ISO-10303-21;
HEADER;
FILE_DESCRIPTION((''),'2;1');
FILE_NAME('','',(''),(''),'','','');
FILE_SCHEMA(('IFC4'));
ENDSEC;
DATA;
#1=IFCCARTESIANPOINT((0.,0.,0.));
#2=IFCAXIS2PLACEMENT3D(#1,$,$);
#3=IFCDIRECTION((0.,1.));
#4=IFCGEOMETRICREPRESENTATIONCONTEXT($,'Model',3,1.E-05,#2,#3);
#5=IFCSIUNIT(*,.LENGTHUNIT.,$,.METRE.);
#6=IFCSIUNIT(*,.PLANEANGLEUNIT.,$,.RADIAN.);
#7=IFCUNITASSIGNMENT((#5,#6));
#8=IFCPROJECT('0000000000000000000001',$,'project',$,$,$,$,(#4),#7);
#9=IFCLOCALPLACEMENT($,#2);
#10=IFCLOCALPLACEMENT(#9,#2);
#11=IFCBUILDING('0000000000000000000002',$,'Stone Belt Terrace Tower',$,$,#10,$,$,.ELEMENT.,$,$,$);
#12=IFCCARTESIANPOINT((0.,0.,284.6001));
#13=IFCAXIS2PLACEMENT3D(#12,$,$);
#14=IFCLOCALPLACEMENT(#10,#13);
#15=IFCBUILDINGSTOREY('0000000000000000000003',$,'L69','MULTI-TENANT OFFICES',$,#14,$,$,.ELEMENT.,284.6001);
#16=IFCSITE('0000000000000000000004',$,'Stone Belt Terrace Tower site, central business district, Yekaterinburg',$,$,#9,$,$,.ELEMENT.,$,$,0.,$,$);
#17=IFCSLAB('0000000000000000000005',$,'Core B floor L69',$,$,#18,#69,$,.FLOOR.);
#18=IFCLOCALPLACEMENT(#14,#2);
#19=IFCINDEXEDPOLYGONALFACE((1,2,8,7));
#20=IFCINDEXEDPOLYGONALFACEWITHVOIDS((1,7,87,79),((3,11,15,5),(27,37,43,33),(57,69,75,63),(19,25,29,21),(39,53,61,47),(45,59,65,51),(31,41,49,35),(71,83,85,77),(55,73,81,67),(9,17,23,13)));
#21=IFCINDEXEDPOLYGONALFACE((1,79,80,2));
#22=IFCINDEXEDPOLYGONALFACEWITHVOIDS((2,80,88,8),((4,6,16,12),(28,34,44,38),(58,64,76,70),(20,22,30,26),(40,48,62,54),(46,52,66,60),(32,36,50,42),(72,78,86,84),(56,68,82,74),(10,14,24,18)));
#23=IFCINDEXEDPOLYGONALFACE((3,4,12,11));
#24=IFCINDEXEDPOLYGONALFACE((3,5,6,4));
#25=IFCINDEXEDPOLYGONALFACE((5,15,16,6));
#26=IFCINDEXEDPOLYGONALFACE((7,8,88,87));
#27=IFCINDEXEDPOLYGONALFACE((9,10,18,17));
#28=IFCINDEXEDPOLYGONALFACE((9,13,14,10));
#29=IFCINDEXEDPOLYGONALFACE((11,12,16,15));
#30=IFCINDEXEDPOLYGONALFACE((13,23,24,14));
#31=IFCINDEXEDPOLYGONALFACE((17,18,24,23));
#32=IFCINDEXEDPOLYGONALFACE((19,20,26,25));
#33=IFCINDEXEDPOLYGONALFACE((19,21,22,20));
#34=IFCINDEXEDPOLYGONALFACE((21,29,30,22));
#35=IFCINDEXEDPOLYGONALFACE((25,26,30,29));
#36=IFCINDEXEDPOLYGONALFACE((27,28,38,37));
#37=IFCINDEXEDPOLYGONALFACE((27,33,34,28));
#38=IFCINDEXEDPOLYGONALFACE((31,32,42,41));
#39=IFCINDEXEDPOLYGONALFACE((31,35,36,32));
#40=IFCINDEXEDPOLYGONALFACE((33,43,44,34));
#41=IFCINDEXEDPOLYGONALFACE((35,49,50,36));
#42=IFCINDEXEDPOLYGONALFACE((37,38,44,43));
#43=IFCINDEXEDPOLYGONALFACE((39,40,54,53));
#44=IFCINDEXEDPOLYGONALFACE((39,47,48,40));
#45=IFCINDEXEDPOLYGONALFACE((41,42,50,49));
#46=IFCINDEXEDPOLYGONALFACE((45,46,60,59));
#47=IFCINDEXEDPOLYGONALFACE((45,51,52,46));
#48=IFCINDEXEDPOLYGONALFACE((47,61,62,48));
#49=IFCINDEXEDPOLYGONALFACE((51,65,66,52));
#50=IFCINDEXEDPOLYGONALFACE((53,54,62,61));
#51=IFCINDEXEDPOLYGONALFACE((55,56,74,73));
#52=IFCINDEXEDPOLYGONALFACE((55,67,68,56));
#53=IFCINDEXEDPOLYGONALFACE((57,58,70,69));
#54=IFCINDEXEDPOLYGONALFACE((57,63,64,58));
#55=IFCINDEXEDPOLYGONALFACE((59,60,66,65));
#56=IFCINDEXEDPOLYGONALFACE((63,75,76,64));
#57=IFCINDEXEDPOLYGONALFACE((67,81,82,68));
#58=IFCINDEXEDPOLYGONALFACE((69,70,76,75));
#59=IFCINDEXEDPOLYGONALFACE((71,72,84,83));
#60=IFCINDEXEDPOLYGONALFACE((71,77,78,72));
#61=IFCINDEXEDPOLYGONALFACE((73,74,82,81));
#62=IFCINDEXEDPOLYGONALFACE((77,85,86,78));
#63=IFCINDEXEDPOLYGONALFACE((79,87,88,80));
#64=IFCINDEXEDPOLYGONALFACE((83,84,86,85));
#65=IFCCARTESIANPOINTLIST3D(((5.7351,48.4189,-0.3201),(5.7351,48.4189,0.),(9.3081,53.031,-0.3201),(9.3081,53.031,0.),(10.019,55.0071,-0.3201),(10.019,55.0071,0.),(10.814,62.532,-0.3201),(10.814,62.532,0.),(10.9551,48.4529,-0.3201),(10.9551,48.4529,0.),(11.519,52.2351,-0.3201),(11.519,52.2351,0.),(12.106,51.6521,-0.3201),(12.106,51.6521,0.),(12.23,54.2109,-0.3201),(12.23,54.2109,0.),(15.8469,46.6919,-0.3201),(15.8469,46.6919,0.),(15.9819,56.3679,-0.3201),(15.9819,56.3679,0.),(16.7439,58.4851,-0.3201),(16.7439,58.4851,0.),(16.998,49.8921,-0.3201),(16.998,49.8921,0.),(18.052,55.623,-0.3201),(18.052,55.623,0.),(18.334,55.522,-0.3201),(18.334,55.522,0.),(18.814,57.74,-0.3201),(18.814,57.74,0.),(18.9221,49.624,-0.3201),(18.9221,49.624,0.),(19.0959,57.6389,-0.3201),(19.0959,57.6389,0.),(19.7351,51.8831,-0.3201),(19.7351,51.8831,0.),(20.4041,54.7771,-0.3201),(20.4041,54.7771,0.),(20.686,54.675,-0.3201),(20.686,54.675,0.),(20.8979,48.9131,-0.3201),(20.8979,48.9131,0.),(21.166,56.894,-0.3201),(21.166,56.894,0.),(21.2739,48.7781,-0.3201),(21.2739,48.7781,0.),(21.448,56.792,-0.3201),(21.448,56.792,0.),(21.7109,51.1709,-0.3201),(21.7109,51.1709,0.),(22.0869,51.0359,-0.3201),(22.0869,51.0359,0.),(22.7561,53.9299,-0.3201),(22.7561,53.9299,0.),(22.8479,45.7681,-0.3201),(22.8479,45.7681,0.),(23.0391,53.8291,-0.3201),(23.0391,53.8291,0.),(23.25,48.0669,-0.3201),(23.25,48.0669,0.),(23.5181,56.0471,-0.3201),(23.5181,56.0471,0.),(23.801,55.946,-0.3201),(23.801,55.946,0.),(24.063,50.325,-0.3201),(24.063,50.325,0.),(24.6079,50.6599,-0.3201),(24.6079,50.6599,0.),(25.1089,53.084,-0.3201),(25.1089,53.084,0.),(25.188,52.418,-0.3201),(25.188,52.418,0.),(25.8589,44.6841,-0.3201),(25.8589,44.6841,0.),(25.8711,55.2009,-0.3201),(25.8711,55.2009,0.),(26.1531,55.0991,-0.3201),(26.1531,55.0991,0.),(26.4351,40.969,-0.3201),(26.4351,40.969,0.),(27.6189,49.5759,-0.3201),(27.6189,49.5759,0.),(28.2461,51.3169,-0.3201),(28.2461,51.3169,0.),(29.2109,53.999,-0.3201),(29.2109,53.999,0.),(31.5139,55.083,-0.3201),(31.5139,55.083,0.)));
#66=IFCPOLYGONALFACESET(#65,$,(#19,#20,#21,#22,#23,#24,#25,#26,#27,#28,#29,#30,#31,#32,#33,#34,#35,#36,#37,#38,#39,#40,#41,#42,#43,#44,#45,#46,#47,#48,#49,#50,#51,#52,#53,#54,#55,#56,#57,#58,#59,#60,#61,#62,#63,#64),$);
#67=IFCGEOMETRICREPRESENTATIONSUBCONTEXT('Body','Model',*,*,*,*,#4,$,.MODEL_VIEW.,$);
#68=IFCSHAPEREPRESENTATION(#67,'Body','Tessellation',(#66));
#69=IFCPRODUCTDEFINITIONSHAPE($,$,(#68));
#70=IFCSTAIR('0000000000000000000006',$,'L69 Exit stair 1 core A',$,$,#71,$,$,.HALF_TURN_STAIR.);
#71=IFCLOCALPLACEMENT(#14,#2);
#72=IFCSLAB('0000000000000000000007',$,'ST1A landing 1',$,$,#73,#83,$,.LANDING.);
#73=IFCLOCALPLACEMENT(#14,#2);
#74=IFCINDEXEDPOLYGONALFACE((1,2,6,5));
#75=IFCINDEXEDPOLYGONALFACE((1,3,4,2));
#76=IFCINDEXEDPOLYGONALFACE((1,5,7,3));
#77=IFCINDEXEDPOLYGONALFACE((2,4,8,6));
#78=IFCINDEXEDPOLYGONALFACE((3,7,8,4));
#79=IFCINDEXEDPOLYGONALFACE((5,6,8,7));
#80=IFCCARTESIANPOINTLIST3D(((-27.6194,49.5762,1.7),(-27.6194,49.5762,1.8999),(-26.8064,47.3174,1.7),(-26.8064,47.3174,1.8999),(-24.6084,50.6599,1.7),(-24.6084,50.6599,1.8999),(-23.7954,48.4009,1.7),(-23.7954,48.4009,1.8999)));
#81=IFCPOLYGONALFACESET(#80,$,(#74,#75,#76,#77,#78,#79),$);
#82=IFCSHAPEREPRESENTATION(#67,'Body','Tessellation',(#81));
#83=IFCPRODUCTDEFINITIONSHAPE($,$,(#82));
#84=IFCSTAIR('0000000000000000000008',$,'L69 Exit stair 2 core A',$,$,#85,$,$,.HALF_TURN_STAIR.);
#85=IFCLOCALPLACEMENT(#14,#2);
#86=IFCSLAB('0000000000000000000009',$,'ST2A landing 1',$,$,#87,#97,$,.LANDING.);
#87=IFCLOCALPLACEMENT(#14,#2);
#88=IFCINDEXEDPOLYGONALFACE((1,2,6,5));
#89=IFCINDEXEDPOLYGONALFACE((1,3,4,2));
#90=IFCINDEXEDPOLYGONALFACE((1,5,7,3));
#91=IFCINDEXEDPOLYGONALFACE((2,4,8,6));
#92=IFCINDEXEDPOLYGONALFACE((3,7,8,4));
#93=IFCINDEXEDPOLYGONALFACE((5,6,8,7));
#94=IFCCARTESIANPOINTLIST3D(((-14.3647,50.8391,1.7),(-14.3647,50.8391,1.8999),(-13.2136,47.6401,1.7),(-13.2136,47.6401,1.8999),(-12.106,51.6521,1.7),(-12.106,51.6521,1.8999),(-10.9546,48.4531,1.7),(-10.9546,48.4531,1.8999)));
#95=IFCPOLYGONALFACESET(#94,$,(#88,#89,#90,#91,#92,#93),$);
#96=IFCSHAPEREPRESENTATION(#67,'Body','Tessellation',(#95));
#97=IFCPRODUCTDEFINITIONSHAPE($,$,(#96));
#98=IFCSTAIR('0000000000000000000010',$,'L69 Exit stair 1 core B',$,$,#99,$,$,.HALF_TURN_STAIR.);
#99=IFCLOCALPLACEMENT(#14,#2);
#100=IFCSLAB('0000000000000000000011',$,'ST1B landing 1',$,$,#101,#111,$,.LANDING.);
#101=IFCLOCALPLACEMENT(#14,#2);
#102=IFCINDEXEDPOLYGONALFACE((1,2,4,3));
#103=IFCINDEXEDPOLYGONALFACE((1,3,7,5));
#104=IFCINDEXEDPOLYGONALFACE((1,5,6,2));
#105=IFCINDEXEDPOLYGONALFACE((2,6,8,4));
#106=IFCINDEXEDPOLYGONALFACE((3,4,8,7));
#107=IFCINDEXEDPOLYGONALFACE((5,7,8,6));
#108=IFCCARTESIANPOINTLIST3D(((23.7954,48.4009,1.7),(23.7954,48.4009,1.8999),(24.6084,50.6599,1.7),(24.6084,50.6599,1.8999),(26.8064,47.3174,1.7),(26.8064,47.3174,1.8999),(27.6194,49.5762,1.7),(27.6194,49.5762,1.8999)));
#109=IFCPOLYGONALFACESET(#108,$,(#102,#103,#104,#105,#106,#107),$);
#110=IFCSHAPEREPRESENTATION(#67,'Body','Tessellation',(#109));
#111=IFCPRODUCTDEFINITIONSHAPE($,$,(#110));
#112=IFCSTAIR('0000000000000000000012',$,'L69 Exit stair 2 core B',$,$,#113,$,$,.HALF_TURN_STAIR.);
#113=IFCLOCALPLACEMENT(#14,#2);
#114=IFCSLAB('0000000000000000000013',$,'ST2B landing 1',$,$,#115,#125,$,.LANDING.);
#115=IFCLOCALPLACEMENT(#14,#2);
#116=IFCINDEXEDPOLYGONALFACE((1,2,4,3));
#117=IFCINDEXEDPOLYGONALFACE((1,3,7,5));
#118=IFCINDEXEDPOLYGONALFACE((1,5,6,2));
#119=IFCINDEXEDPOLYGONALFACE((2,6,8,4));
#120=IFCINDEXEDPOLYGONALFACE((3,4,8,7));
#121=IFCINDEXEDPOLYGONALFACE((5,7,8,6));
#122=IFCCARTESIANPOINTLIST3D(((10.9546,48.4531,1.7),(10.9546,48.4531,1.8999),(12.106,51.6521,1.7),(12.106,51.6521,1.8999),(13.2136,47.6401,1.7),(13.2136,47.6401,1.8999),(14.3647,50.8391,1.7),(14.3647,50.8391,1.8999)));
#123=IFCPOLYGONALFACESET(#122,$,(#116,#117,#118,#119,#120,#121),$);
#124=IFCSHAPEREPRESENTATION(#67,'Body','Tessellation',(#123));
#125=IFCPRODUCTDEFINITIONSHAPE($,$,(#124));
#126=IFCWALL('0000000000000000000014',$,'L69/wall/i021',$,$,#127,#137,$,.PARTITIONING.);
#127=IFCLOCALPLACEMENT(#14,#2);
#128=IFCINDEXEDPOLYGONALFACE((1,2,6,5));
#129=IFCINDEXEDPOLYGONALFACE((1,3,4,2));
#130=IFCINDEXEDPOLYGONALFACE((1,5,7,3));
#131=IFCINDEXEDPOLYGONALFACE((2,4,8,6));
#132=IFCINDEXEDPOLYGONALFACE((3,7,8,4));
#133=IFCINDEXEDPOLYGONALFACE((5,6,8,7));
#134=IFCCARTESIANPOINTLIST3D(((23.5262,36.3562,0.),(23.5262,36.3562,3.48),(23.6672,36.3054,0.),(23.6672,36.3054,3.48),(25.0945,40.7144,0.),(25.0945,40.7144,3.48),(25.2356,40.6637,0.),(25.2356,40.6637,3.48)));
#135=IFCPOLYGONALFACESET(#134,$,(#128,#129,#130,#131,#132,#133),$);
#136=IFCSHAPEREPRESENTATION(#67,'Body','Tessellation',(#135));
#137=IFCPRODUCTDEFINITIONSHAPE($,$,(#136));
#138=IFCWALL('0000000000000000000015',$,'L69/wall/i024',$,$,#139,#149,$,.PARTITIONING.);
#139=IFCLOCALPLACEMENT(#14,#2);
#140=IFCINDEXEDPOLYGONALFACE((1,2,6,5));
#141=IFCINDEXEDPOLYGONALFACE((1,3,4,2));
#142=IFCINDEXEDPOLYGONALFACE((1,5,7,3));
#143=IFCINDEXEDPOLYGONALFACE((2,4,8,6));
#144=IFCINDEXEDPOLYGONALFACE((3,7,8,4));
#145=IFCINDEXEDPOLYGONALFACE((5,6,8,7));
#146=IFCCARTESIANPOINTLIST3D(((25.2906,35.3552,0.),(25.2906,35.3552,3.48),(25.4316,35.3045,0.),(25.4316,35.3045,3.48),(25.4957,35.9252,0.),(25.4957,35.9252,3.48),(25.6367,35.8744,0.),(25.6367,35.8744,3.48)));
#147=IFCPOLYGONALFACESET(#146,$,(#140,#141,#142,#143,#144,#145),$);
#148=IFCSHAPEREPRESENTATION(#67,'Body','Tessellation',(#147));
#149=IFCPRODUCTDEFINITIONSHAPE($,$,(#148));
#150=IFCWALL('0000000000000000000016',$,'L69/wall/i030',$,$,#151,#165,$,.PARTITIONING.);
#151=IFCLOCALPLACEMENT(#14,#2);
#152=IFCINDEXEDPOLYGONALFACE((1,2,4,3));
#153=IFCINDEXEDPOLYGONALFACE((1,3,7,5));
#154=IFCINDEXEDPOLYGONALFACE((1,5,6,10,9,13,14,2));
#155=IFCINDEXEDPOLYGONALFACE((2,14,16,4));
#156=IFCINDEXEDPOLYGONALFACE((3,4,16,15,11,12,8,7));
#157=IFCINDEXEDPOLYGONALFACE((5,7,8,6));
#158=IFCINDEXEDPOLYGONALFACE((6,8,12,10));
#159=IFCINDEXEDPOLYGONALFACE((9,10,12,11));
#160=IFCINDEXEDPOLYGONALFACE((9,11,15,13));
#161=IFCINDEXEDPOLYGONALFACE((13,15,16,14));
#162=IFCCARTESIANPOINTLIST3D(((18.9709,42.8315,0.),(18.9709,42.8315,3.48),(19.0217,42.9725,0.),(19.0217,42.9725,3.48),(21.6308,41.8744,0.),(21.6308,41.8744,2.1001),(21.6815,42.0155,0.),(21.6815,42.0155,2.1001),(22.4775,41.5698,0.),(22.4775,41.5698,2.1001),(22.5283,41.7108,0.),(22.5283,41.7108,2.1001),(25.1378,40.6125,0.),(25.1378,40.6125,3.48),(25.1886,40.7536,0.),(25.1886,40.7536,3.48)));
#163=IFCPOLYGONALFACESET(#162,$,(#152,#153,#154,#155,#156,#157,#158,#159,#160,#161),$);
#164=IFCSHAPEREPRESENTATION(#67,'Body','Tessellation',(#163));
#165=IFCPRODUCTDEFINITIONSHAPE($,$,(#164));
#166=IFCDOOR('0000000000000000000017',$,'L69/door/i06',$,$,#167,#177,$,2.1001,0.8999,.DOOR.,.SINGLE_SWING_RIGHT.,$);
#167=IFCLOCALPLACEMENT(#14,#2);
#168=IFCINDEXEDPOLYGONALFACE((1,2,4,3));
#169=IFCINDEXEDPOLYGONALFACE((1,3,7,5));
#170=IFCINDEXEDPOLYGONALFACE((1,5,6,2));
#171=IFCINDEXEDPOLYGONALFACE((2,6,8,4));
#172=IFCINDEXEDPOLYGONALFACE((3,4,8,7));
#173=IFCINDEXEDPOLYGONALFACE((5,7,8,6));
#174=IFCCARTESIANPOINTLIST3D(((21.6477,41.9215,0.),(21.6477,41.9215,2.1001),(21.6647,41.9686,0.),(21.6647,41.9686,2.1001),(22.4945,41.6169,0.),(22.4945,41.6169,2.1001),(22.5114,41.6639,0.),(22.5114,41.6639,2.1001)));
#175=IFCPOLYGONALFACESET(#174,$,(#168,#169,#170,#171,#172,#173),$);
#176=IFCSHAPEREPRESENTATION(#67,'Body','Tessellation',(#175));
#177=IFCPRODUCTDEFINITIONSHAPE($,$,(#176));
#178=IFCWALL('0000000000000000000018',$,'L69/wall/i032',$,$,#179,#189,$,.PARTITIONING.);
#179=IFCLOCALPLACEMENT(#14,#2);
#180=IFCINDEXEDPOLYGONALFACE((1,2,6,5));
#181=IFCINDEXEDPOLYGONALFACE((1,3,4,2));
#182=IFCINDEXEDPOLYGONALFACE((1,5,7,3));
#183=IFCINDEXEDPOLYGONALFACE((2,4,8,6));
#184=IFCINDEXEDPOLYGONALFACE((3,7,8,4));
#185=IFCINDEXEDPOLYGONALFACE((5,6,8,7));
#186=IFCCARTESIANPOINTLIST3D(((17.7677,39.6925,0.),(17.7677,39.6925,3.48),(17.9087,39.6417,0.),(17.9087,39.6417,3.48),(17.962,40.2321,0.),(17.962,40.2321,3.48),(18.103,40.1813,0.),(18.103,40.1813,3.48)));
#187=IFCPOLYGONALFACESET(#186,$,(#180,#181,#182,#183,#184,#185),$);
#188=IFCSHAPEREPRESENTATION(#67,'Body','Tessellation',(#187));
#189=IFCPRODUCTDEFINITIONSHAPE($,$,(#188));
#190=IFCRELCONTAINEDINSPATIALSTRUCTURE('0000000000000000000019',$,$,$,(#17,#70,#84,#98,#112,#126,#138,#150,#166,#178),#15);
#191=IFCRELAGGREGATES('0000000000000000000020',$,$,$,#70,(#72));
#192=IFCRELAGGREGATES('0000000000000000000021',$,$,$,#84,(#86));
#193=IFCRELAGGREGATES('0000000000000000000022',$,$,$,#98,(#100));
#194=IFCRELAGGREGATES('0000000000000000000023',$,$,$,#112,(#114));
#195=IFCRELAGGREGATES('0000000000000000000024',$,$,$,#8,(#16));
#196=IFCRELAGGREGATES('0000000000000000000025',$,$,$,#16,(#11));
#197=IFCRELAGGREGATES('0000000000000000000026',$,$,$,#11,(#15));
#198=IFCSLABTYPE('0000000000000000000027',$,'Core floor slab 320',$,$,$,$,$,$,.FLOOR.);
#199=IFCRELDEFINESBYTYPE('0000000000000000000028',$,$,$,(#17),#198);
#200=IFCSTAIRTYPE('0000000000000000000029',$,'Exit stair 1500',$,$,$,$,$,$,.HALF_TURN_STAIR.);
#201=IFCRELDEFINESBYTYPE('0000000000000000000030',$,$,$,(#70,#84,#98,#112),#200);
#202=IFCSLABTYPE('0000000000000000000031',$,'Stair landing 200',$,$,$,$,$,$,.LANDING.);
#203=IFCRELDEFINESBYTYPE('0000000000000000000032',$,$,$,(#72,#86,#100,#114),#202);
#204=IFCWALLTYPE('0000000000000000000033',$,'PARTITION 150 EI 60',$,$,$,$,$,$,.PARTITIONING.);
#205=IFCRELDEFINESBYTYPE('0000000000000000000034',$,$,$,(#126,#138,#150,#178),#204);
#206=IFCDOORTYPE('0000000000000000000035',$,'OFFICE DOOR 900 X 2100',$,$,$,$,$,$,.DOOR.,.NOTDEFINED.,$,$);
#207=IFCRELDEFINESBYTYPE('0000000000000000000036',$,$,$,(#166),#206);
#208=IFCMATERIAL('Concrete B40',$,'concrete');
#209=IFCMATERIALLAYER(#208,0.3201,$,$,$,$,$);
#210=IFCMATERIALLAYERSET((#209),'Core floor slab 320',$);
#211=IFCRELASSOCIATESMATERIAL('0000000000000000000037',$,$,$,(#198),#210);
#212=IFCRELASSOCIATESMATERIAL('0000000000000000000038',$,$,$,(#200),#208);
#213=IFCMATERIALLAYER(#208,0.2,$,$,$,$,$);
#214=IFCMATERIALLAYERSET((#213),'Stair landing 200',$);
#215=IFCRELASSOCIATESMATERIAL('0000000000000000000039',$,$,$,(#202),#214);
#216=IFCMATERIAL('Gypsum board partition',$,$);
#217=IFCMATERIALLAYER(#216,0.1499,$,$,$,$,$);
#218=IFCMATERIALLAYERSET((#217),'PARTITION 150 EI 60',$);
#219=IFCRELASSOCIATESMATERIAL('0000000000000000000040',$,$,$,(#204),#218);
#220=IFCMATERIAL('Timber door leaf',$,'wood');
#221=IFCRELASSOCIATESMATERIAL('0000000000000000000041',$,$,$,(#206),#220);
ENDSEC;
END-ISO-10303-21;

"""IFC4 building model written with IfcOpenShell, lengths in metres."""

from ifc_helpers import new_model, si_unit, direction, frame, frame_2d, origin, place, context, subcontext, project, spatial, polyline, rectangle, outline, extrude, material, layer, layer_set, type_object, element, fill, aggregate, save


model = new_model("IFC4")

# Units and contexts
model_context = context("Model", 3, precision=1e-05, world=origin(), true_north=direction((0.0, 1.0)))
body_context = subcontext(model_context, "Body", "Model", "MODEL_VIEW")
ifc_project = project(units=[si_unit("LENGTHUNIT", "METRE"), si_unit("PLANEANGLEUNIT", "RADIAN")], contexts=[model_context])

# Site, building, storey
site_placement = place(None, origin())
site = spatial("IfcSite", under=ifc_project, at=site_placement, Name="Stone Belt Terrace Tower site, central business district, Yekaterinburg", CompositionType="ELEMENT", RefElevation=0.0)
building_placement = place(site_placement, origin())
building = spatial("IfcBuilding", under=site, at=building_placement, Name="Stone Belt Terrace Tower", CompositionType="ELEMENT")
storey_placement = place(building_placement, frame((0.0, 0.0, 284.6001)))
storey = spatial("IfcBuildingStorey", under=building, at=storey_placement, Name="L69", Description="MULTI-TENANT OFFICES", CompositionType="ELEMENT", Elevation=284.6001)

# Slab
ifc_material_1 = material(Name="Concrete B40", Category="concrete")
ifc_layer_1 = layer(ifc_material_1, 0.3201)
ifc_layer_set_1 = layer_set([ifc_layer_1], Name="Core floor slab 320")
slab_type_1 = type_object("IfcSlabType", Name="Core floor slab 320", PredefinedType="FLOOR", material=ifc_layer_set_1)
slab_1_placement = place(storey_placement, frame((0.0, 0.0, -0.3201)))
element("IfcSlab", 1, at=slab_1_placement, inside=storey, type_object=slab_type_1, Name="Core B floor L69", PredefinedType="FLOOR", context=body_context, shape_type="SweptSolid", body=[
    extrude(outline(polyline([(26.4351, 40.969), (31.5139, 55.083), (10.814, 62.532), (5.7351, 48.4189), (26.4351, 40.969)]), holes=[polyline([(27.6189, 49.5759), (25.8589, 44.6841), (22.8479, 45.7681), (24.6079, 50.6599), (27.6189, 49.5759)]), polyline([(12.106, 51.6521), (16.998, 49.8921), (15.8469, 46.6919), (10.9551, 48.4529), (12.106, 51.6521)]), polyline([(23.25, 48.0669), (21.2739, 48.7781), (22.0869, 51.0359), (24.063, 50.325), (23.25, 48.0669)]), polyline([(18.9221, 49.624), (19.7351, 51.8831), (21.7109, 51.1709), (20.8979, 48.9131), (18.9221, 49.624)]), polyline([(29.2109, 53.999), (28.2461, 51.3169), (25.188, 52.418), (26.1531, 55.0991), (29.2109, 53.999)]), polyline([(11.519, 52.2351), (9.3081, 53.031), (10.019, 55.0071), (12.23, 54.2109), (11.519, 52.2351)]), polyline([(23.0391, 53.8291), (23.801, 55.946), (25.8711, 55.2009), (25.1089, 53.084), (23.0391, 53.8291)]), polyline([(20.686, 54.675), (21.448, 56.792), (23.5181, 56.0471), (22.7561, 53.9299), (20.686, 54.675)]), polyline([(19.0959, 57.6389), (21.166, 56.894), (20.4041, 54.7771), (18.334, 55.522), (19.0959, 57.6389)]), polyline([(16.7439, 58.4851), (18.814, 57.74), (18.052, 55.623), (15.9819, 56.3679), (16.7439, 58.4851)])]), origin(), (0.0, 0.0, 1.0), 0.3201),
])

# Stairs, slabs
stair_type = type_object("IfcStairType", Name="Exit stair 1500", PredefinedType="HALF_TURN_STAIR", material=ifc_material_1)
stair_1_placement = place(storey_placement, origin())
stair_1 = element("IfcStair", 2, at=stair_1_placement, inside=storey, type_object=stair_type, Name="L69 Exit stair 1 core A", PredefinedType="HALF_TURN_STAIR")
ifc_layer_2 = layer(ifc_material_1, 0.2)
ifc_layer_set_2 = layer_set([ifc_layer_2], Name="Stair landing 200")
slab_type_2 = type_object("IfcSlabType", Name="Stair landing 200", PredefinedType="LANDING", material=ifc_layer_set_2)
slab_2_placement = place(storey_placement, frame((0.0, 0.0, 1.7)))
slab_2 = element("IfcSlab", 3, at=slab_2_placement, type_object=slab_type_2, Name="ST1A landing 1", PredefinedType="LANDING", context=body_context, shape_type="SweptSolid", body=[
    extrude(outline(polyline([(-23.7954, 48.4009), (-24.6084, 50.6599), (-27.6194, 49.5762), (-26.8064, 47.3174), (-23.7954, 48.4009)])), origin(), (0.0, 0.0, 1.0), 0.2),
])
aggregate(stair_1, [slab_2])
stair_2_placement = place(storey_placement, origin())
stair_2 = element("IfcStair", 4, at=stair_2_placement, inside=storey, type_object=stair_type, Name="L69 Exit stair 2 core A", PredefinedType="HALF_TURN_STAIR")
slab_3_placement = place(storey_placement, frame((0.0, 0.0, 1.7)))
slab_3 = element("IfcSlab", 5, at=slab_3_placement, type_object=slab_type_2, Name="ST2A landing 1", PredefinedType="LANDING", context=body_context, shape_type="SweptSolid", body=[
    extrude(outline(polyline([(-13.2136, 47.6401), (-10.9546, 48.4531), (-12.106, 51.6521), (-14.3647, 50.8391), (-13.2136, 47.6401)])), origin(), (0.0, 0.0, 1.0), 0.2),
])
aggregate(stair_2, [slab_3])
stair_3_placement = place(storey_placement, origin())
stair_3 = element("IfcStair", 6, at=stair_3_placement, inside=storey, type_object=stair_type, Name="L69 Exit stair 1 core B", PredefinedType="HALF_TURN_STAIR")
slab_4_placement = place(storey_placement, frame((0.0, 0.0, 1.7)))
slab_4 = element("IfcSlab", 7, at=slab_4_placement, type_object=slab_type_2, Name="ST1B landing 1", PredefinedType="LANDING", context=body_context, shape_type="SweptSolid", body=[
    extrude(outline(polyline([(26.8064, 47.3174), (27.6194, 49.5762), (24.6084, 50.6599), (23.7954, 48.4009), (26.8064, 47.3174)])), origin(), (0.0, 0.0, 1.0), 0.2),
])
aggregate(stair_3, [slab_4])
stair_4_placement = place(storey_placement, origin())
stair_4 = element("IfcStair", 8, at=stair_4_placement, inside=storey, type_object=stair_type, Name="L69 Exit stair 2 core B", PredefinedType="HALF_TURN_STAIR")
slab_5_placement = place(storey_placement, frame((0.0, 0.0, 1.7)))
slab_5 = element("IfcSlab", 9, at=slab_5_placement, type_object=slab_type_2, Name="ST2B landing 1", PredefinedType="LANDING", context=body_context, shape_type="SweptSolid", body=[
    extrude(outline(polyline([(14.3647, 50.8391), (12.106, 51.6521), (10.9546, 48.4531), (13.2136, 47.6401), (14.3647, 50.8391)])), origin(), (0.0, 0.0, 1.0), 0.2),
])
aggregate(stair_4, [slab_5])

# Walls
ifc_material_2 = material(Name="Gypsum board partition")
ifc_layer_3 = layer(ifc_material_2, 0.1499)
ifc_layer_set_3 = layer_set([ifc_layer_3], Name="PARTITION 150 EI 60")
wall_type = type_object("IfcWallType", Name="PARTITION 150 EI 60", PredefinedType="PARTITIONING", material=ifc_layer_set_3)
wall_1_placement = place(storey_placement, frame((23.5967, 36.3308, 0.0), z_axis=(0.0, 0.0, 1.0), x_axis=(0.338609, 0.940927, 0.0)))
element("IfcWall", 10, at=wall_1_placement, inside=storey, type_object=wall_type, Name="L69/wall/i021", PredefinedType="PARTITIONING", context=body_context, shape_type="SweptSolid", body=[
    extrude(rectangle(XDim=4.6318, YDim=0.1499, at=frame_2d((2.3159, 0.0))), origin(), (0.0, 0.0, 1.0), 3.48),
])
wall_2_placement = place(storey_placement, frame((25.5662, 35.8997, 0.0), z_axis=(0.0, 0.0, 1.0), x_axis=(-0.338634, -0.940918, 0.0)))
element("IfcWall", 11, at=wall_2_placement, inside=storey, type_object=wall_type, Name="L69/wall/i024", PredefinedType="PARTITIONING", context=body_context, shape_type="SweptSolid", body=[
    extrude(rectangle(XDim=0.6057, YDim=0.1499, at=frame_2d((0.3027, 0.0))), origin(), (0.0, 0.0, 1.0), 3.48),
])

# Wall, opening, door
wall_3_placement = place(storey_placement, frame((25.1631, 40.6831, 0.0), z_axis=(0.0, 0.0, 1.0), x_axis=(-0.940942, 0.338568, 0.0)))
wall_3 = element("IfcWall", 12, at=wall_3_placement, inside=storey, type_object=wall_type, Name="L69/wall/i030", PredefinedType="PARTITIONING", context=body_context, shape_type="SweptSolid", body=[
    extrude(rectangle(XDim=6.554, YDim=0.1499, at=frame_2d((3.2769, 0.0))), origin(), (0.0, 0.0, 1.0), 3.48),
])
opening_placement = place(wall_3_placement, frame((2.8271, 0.0, 0.0)))
opening = element("IfcOpeningElement", 13, at=opening_placement, cuts=wall_3, PredefinedType="OPENING", context=body_context, shape_type="SweptSolid", body=[
    extrude(rectangle(XDim=0.8999, YDim=2.1001, at=frame_2d((0.45, 1.05))), frame((0.0, 0.085, 0.0), z_axis=(0.0, -1.0, 0.0), x_axis=(1.0, 0.0, 0.0)), (0.0, 0.0, 1.0), 0.1699),
])
ifc_material_3 = material(Name="Timber door leaf", Category="wood")
door_type = type_object("IfcDoorType", Name="OFFICE DOOR 900 X 2100", OperationType="NOTDEFINED", PredefinedType="DOOR", material=ifc_material_3)
door_placement = place(opening_placement, origin())
door = element("IfcDoor", 14, at=door_placement, inside=storey, type_object=door_type, Name="L69/door/i06", OperationType="SINGLE_SWING_RIGHT", OverallHeight=2.1001, OverallWidth=0.8999, PredefinedType="DOOR", context=body_context, shape_type="SweptSolid", body=[
    extrude(rectangle(XDim=0.8999, YDim=2.1001, at=frame_2d((0.45, 1.05))), frame((0.0, 0.0249, 0.0), z_axis=(0.0, -1.0, 0.0), x_axis=(1.0, 0.0, 0.0)), (0.0, 0.0, 1.0), 0.05),
])
fill(opening, door)

# Wall
wall_4_placement = place(storey_placement, frame((18.0325, 40.2065, 0.0), z_axis=(0.0, 0.0, 1.0), x_axis=(-0.33887, -0.940833, 0.0)))
element("IfcWall", 15, at=wall_4_placement, inside=storey, type_object=wall_type, Name="L69/wall/i032", PredefinedType="PARTITIONING", context=body_context, shape_type="SweptSolid", body=[
    extrude(rectangle(XDim=0.5735, YDim=0.1499, at=frame_2d((0.2866, 0.0))), origin(), (0.0, 0.0, 1.0), 3.48),
])

save(model, "model.ifc")
